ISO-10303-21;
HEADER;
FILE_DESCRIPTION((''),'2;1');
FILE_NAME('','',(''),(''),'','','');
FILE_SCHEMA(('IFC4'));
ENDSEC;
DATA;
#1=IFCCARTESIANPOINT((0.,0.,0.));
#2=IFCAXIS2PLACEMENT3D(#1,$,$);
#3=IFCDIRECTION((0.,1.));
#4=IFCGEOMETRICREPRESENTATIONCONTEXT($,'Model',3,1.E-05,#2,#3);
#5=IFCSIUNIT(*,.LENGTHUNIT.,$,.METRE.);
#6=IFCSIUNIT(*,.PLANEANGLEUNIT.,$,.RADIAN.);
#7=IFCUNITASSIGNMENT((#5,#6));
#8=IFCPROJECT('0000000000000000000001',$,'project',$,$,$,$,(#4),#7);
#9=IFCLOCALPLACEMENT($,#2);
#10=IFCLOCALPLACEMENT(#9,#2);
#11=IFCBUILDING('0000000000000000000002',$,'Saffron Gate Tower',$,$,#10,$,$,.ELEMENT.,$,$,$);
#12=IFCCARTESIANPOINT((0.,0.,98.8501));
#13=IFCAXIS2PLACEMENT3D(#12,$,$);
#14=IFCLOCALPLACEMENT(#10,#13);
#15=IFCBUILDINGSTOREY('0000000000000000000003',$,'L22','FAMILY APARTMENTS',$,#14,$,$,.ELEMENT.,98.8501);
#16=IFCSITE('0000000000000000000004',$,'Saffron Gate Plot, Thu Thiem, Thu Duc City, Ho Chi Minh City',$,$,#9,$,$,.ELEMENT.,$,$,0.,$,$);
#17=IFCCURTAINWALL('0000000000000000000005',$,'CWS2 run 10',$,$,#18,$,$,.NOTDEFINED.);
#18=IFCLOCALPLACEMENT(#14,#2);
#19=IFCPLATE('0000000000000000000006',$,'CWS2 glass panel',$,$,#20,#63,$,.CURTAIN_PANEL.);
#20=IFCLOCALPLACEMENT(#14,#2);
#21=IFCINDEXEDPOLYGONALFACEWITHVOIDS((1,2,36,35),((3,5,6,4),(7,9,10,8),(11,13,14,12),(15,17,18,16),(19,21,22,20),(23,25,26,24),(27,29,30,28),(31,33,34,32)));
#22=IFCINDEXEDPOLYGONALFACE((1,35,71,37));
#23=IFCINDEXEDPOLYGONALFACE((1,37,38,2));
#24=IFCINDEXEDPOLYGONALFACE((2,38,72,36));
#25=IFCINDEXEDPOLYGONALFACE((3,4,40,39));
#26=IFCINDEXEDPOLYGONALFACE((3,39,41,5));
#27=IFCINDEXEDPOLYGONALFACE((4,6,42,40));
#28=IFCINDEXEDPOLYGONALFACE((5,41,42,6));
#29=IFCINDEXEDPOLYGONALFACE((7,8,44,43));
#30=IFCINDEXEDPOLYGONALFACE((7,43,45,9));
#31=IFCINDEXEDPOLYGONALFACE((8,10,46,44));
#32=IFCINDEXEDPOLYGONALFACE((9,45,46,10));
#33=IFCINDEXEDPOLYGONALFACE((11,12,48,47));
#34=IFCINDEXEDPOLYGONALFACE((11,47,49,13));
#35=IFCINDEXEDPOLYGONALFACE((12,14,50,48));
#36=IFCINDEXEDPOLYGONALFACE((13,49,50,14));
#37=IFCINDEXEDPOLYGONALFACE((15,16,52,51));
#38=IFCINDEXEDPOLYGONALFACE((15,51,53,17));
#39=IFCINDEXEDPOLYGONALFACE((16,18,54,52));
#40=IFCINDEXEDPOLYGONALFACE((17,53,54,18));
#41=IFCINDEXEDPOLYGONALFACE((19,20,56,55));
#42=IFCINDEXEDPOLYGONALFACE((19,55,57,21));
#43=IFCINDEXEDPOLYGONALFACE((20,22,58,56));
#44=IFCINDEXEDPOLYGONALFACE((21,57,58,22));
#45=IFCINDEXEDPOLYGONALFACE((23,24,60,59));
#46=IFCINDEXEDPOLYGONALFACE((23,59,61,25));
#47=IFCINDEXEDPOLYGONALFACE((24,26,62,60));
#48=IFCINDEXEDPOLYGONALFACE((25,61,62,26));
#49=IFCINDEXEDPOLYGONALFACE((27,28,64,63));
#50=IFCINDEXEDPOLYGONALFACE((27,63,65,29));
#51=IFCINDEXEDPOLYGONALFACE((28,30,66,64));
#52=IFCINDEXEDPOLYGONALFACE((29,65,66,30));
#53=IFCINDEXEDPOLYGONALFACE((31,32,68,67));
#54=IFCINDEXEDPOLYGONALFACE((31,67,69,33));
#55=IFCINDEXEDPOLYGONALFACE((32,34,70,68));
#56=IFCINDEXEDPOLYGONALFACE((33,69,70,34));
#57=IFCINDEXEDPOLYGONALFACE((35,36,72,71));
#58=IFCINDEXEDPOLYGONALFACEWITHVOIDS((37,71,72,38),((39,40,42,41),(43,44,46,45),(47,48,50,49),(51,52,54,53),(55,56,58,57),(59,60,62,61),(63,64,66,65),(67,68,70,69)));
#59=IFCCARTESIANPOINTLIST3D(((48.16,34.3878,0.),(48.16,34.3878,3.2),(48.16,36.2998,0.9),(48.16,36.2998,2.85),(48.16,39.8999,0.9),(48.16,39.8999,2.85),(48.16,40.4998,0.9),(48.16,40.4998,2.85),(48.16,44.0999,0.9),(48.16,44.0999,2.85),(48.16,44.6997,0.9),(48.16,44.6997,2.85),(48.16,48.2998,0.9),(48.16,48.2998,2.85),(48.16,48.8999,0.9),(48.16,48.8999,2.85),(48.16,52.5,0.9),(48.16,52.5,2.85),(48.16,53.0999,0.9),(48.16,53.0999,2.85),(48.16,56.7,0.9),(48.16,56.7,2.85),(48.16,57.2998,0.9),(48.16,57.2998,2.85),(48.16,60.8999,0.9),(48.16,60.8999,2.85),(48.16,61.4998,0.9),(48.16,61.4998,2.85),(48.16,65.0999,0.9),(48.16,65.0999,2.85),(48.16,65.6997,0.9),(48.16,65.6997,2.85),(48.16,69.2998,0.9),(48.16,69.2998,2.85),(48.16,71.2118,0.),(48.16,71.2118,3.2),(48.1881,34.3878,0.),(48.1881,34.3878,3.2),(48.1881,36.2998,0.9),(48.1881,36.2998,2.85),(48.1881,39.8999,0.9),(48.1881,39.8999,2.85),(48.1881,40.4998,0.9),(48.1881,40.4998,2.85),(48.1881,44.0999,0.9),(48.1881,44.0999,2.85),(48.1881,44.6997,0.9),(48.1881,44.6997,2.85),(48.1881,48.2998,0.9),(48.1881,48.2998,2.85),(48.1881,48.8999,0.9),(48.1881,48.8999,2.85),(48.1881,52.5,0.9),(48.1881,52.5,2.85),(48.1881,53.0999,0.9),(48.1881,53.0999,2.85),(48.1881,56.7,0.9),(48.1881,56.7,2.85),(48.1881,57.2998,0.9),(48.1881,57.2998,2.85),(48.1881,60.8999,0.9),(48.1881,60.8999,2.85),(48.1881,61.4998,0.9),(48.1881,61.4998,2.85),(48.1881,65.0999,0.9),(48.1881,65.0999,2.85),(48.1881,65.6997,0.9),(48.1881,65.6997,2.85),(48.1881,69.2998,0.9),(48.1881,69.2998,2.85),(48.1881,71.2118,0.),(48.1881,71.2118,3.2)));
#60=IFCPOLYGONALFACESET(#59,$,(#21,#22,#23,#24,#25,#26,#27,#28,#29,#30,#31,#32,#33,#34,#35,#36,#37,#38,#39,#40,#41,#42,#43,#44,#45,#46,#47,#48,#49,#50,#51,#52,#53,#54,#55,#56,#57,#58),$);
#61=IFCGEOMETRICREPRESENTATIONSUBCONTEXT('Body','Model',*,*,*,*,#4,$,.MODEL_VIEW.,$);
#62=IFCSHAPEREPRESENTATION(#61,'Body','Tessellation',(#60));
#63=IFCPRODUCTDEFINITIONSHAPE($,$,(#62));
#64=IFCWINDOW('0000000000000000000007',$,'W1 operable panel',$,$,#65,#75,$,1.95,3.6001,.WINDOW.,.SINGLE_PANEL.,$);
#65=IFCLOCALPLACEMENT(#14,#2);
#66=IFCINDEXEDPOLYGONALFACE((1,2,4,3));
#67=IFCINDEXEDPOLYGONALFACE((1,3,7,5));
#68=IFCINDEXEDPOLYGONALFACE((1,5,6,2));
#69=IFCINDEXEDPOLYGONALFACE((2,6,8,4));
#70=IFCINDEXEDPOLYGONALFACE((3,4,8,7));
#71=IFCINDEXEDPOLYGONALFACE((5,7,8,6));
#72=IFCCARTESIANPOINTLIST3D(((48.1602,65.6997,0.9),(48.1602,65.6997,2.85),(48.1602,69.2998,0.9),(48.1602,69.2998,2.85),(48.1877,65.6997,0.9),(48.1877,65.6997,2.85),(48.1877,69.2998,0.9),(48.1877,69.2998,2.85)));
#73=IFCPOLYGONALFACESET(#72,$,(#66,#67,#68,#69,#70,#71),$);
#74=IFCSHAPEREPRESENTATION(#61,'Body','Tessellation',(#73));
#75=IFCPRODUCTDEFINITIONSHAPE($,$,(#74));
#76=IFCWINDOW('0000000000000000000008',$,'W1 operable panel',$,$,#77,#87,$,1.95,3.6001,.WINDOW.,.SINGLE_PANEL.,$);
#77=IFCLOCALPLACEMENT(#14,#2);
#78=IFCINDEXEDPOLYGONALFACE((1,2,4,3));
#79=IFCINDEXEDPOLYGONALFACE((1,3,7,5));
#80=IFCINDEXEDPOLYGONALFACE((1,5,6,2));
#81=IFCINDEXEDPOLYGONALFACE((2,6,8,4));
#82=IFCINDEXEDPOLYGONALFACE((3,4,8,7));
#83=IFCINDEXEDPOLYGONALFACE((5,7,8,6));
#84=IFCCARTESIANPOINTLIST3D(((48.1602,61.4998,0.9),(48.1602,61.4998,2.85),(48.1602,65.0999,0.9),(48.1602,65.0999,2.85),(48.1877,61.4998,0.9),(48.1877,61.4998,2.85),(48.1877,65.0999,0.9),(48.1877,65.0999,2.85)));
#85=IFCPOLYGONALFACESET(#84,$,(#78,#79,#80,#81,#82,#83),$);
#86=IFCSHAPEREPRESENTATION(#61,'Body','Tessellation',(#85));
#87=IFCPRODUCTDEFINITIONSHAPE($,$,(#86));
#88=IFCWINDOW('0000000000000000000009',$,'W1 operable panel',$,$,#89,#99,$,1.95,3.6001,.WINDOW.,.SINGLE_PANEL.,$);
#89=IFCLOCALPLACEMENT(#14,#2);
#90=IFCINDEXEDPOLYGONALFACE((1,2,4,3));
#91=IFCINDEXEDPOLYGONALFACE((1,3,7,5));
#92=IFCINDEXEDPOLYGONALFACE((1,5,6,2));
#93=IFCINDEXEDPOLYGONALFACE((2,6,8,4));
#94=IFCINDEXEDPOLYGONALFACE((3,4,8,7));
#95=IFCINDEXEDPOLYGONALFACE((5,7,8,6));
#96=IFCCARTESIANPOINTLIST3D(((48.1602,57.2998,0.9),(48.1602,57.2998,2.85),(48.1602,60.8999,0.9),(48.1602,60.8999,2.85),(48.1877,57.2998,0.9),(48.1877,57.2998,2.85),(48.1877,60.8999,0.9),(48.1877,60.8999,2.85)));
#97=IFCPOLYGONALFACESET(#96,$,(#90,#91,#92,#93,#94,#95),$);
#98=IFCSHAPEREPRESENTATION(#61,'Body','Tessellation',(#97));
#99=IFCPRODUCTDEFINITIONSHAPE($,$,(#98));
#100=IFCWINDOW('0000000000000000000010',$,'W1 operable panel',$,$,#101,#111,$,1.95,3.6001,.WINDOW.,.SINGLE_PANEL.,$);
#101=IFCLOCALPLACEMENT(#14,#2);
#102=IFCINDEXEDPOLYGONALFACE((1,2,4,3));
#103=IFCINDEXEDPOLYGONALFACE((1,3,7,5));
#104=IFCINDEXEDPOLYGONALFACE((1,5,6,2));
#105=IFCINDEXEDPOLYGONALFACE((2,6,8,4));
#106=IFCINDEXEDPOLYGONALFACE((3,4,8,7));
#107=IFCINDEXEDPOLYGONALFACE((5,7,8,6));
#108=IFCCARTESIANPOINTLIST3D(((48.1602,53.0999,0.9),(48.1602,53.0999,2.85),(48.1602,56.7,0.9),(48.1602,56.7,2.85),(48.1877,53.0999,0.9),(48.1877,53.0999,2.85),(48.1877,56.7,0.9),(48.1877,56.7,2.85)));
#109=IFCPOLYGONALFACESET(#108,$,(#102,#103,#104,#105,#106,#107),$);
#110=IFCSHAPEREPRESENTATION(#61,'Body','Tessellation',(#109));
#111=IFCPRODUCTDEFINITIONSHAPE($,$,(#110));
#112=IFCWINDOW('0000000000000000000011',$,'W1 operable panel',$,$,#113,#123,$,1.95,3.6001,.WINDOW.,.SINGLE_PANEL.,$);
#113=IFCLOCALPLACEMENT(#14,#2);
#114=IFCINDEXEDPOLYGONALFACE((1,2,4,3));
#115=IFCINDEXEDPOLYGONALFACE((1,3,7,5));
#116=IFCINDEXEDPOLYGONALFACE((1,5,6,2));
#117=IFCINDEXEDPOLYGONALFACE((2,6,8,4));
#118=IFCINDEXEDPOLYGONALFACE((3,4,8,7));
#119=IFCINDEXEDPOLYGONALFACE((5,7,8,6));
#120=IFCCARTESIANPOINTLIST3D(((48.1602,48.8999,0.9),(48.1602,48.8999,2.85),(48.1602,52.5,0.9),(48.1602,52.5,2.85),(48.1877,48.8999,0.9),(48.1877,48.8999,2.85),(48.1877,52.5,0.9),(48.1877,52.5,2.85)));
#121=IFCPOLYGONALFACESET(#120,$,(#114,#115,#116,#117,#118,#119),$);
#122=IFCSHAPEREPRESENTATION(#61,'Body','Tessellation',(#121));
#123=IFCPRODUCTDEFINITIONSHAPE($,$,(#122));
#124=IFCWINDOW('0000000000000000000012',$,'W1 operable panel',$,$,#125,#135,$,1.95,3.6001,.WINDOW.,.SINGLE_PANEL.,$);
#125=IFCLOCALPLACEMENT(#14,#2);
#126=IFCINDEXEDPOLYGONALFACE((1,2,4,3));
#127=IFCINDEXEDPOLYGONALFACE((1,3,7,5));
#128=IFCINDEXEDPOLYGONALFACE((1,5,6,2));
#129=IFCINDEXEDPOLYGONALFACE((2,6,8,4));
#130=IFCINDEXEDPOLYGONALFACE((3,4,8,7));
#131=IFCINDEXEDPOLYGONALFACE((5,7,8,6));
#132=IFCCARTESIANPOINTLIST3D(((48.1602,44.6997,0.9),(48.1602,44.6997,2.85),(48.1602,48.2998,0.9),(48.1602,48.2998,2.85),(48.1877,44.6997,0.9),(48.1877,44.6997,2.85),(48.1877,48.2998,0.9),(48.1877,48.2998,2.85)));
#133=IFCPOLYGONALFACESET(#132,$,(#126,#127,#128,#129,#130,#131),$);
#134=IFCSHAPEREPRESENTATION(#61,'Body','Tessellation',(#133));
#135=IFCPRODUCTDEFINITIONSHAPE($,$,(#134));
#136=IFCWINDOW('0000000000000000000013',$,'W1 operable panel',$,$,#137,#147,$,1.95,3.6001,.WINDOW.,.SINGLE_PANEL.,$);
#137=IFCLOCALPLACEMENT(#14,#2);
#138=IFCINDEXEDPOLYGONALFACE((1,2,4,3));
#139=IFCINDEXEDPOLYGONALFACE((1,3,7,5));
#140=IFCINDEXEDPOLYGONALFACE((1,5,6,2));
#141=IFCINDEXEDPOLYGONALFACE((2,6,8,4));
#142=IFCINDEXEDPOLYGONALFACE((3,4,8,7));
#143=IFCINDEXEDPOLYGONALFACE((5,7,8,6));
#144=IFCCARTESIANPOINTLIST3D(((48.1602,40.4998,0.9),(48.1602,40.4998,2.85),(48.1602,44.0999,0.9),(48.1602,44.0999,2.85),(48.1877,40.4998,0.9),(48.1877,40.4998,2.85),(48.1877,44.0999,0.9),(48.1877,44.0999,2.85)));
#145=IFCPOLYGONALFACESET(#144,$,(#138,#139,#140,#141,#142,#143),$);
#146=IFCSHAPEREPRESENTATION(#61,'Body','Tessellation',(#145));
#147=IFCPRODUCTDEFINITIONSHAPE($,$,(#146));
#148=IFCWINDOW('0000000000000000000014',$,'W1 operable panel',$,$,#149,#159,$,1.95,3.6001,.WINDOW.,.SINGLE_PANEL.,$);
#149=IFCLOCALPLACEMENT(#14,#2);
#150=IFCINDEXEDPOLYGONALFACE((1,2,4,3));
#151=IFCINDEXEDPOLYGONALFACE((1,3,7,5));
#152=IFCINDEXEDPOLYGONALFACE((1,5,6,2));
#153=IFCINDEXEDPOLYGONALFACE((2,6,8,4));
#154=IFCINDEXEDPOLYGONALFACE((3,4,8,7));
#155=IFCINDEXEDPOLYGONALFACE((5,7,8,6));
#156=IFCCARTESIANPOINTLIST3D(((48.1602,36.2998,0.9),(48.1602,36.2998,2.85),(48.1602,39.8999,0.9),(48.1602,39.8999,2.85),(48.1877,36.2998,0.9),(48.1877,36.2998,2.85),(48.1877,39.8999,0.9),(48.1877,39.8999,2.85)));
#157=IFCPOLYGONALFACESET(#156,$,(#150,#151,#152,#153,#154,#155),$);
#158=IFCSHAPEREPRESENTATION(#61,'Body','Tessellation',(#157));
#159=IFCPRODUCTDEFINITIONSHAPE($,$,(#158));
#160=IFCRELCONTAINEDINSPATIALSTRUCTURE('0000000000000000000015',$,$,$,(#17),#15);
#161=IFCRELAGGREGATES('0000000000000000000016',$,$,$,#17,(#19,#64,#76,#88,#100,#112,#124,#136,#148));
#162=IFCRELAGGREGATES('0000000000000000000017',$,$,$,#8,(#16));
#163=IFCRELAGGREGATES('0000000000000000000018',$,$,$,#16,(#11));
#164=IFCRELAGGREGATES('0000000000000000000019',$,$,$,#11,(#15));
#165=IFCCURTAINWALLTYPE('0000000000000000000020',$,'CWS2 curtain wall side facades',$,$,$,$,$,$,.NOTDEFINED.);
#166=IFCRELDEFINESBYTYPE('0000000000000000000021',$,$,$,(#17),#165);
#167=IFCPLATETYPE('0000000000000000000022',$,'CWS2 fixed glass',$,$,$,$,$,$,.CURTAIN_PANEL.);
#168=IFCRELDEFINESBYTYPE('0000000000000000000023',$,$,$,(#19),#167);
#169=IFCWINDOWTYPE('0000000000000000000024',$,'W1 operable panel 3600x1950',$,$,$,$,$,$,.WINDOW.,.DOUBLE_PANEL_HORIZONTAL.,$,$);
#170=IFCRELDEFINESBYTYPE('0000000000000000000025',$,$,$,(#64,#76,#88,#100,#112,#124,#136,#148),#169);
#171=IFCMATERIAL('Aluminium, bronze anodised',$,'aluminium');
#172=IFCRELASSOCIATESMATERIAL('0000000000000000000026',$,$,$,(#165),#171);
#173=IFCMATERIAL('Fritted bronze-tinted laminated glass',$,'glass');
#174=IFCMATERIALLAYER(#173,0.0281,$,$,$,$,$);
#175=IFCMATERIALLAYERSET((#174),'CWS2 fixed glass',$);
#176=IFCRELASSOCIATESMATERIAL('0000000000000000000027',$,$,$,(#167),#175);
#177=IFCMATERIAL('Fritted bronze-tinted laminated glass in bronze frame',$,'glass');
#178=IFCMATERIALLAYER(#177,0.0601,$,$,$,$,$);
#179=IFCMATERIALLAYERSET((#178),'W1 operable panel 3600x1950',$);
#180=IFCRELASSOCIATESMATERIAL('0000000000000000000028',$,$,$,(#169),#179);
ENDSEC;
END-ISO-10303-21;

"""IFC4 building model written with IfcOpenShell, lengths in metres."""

from ifc_helpers import new_model, si_unit, direction, frame, frame_2d, origin, place, context, subcontext, project, spatial, rectangle, extrude, material, layer, layer_set, type_object, element, fill, aggregate, save


model = new_model("IFC4")

# Units and contexts
model_context = context("Model", 3, precision=1e-05, world=origin(), true_north=direction((0.0, 1.0)))
body_context = subcontext(model_context, "Body", "Model", "MODEL_VIEW")
ifc_project = project(units=[si_unit("LENGTHUNIT", "METRE"), si_unit("PLANEANGLEUNIT", "RADIAN")], contexts=[model_context])

# Site, building, storey
site_placement = place(None, origin())
site = spatial("IfcSite", under=ifc_project, at=site_placement, Name="Saffron Gate Plot, Thu Thiem, Thu Duc City, Ho Chi Minh City", CompositionType="ELEMENT", RefElevation=0.0)
building_placement = place(site_placement, origin())
building = spatial("IfcBuilding", under=site, at=building_placement, Name="Saffron Gate Tower", CompositionType="ELEMENT")
storey_placement = place(building_placement, frame((0.0, 0.0, 98.8501)))
storey = spatial("IfcBuildingStorey", under=building, at=storey_placement, Name="L22", Description="FAMILY APARTMENTS", CompositionType="ELEMENT", Elevation=98.8501)

# Curtain wall
ifc_material_1 = material(Name="Aluminium, bronze anodised", Category="aluminium")
curtain_wall_type_1 = type_object("IfcCurtainWallType", Name="CWS2 curtain wall side facades", PredefinedType="NOTDEFINED", material=ifc_material_1)
curtain_wall_1_placement = place(storey_placement, origin())
curtain_wall_1 = element("IfcCurtainWall", 1, at=curtain_wall_1_placement, inside=storey, type_object=curtain_wall_type_1, Name="CWS2 run 10", PredefinedType="NOTDEFINED")

# Plate, openings, windows
ifc_material_2 = material(Name="Fritted bronze-tinted laminated glass", Category="glass")
ifc_layer_1 = layer(ifc_material_2, 0.0281)
ifc_layer_set_1 = layer_set([ifc_layer_1], Name="CWS2 fixed glass")
plate_type_1 = type_object("IfcPlateType", Name="CWS2 fixed glass", PredefinedType="CURTAIN_PANEL", material=ifc_layer_set_1)
plate_1_placement = place(storey_placement, frame((48.1741, 71.2119, 0.0), z_axis=(0.0, 0.0, 1.0), x_axis=(0.0, -1.0, 0.0)))
plate_1 = element("IfcPlate", 2, at=plate_1_placement, type_object=plate_type_1, Name="CWS2 glass panel", PredefinedType="CURTAIN_PANEL", context=body_context, shape_type="SweptSolid", body=[
    extrude(rectangle(XDim=36.824, YDim=0.0281, at=frame_2d((18.4121, 0.0))), origin(), (0.0, 0.0, 1.0), 3.2),
])
opening_1_placement = place(plate_1_placement, frame((1.9121, 0.0, 0.8999)))
opening_1 = element("IfcOpeningElement", 3, at=opening_1_placement, cuts=plate_1, PredefinedType="OPENING", context=body_context, shape_type="SweptSolid", body=[
    extrude(rectangle(XDim=3.6001, YDim=1.95, at=frame_2d((1.8, 0.9751))), frame((0.0, 0.0239, 0.0), z_axis=(0.0, -1.0, 0.0), x_axis=(1.0, 0.0, 0.0)), (0.0, 0.0, 1.0), 0.0481),
])
opening_2_placement = place(plate_1_placement, frame((6.1121, 0.0, 0.8999)))
opening_2 = element("IfcOpeningElement", 4, at=opening_2_placement, cuts=plate_1, PredefinedType="OPENING", context=body_context, shape_type="SweptSolid", body=[
    extrude(rectangle(XDim=3.6001, YDim=1.95, at=frame_2d((1.8, 0.9751))), frame((0.0, 0.0239, 0.0), z_axis=(0.0, -1.0, 0.0), x_axis=(1.0, 0.0, 0.0)), (0.0, 0.0, 1.0), 0.0481),
])
opening_3_placement = place(plate_1_placement, frame((10.312, 0.0, 0.8999)))
opening_3 = element("IfcOpeningElement", 5, at=opening_3_placement, cuts=plate_1, PredefinedType="OPENING", context=body_context, shape_type="SweptSolid", body=[
    extrude(rectangle(XDim=3.6001, YDim=1.95, at=frame_2d((1.8, 0.9751))), frame((0.0, 0.0239, 0.0), z_axis=(0.0, -1.0, 0.0), x_axis=(1.0, 0.0, 0.0)), (0.0, 0.0, 1.0), 0.0481),
])
opening_4_placement = place(plate_1_placement, frame((14.512, 0.0, 0.8999)))
opening_4 = element("IfcOpeningElement", 6, at=opening_4_placement, cuts=plate_1, PredefinedType="OPENING", context=body_context, shape_type="SweptSolid", body=[
    extrude(rectangle(XDim=3.6001, YDim=1.95, at=frame_2d((1.8, 0.9751))), frame((0.0, 0.0239, 0.0), z_axis=(0.0, -1.0, 0.0), x_axis=(1.0, 0.0, 0.0)), (0.0, 0.0, 1.0), 0.0481),
])
opening_5_placement = place(plate_1_placement, frame((18.7119, 0.0, 0.8999)))
opening_5 = element("IfcOpeningElement", 7, at=opening_5_placement, cuts=plate_1, PredefinedType="OPENING", context=body_context, shape_type="SweptSolid", body=[
    extrude(rectangle(XDim=3.6001, YDim=1.95, at=frame_2d((1.8, 0.9751))), frame((0.0, 0.0239, 0.0), z_axis=(0.0, -1.0, 0.0), x_axis=(1.0, 0.0, 0.0)), (0.0, 0.0, 1.0), 0.0481),
])
opening_6_placement = place(plate_1_placement, frame((22.9121, 0.0, 0.8999)))
opening_6 = element("IfcOpeningElement", 8, at=opening_6_placement, cuts=plate_1, PredefinedType="OPENING", context=body_context, shape_type="SweptSolid", body=[
    extrude(rectangle(XDim=3.6001, YDim=1.95, at=frame_2d((1.8, 0.9751))), frame((0.0, 0.0239, 0.0), z_axis=(0.0, -1.0, 0.0), x_axis=(1.0, 0.0, 0.0)), (0.0, 0.0, 1.0), 0.0481),
])
opening_7_placement = place(plate_1_placement, frame((27.1121, 0.0, 0.8999)))
opening_7 = element("IfcOpeningElement", 9, at=opening_7_placement, cuts=plate_1, PredefinedType="OPENING", context=body_context, shape_type="SweptSolid", body=[
    extrude(rectangle(XDim=3.6001, YDim=1.95, at=frame_2d((1.8, 0.9751))), frame((0.0, 0.0239, 0.0), z_axis=(0.0, -1.0, 0.0), x_axis=(1.0, 0.0, 0.0)), (0.0, 0.0, 1.0), 0.0481),
])
opening_8_placement = place(plate_1_placement, frame((31.312, 0.0, 0.8999)))
opening_8 = element("IfcOpeningElement", 10, at=opening_8_placement, cuts=plate_1, PredefinedType="OPENING", context=body_context, shape_type="SweptSolid", body=[
    extrude(rectangle(XDim=3.6001, YDim=1.95, at=frame_2d((1.8, 0.9751))), frame((0.0, 0.0239, 0.0), z_axis=(0.0, -1.0, 0.0), x_axis=(1.0, 0.0, 0.0)), (0.0, 0.0, 1.0), 0.0481),
])
ifc_material_3 = material(Name="Fritted bronze-tinted laminated glass in bronze frame", Category="glass")
ifc_layer_2 = layer(ifc_material_3, 0.0601)
ifc_layer_set_2 = layer_set([ifc_layer_2], Name="W1 operable panel 3600x1950")
window_type = type_object("IfcWindowType", Name="W1 operable panel 3600x1950", PartitioningType="DOUBLE_PANEL_HORIZONTAL", PredefinedType="WINDOW", material=ifc_layer_set_2)
window_1_placement = place(opening_1_placement, origin())
window_1 = element("IfcWindow", 11, at=window_1_placement, type_object=window_type, Name="W1 operable panel", OverallHeight=1.95, OverallWidth=3.6001, PartitioningType="SINGLE_PANEL", PredefinedType="WINDOW", context=body_context, shape_type="SweptSolid", body=[
    extrude(rectangle(XDim=3.6001, YDim=1.95, at=frame_2d((1.8, 0.9751))), frame((0.0, 0.0137, 0.0), z_axis=(0.0, -1.0, 0.0), x_axis=(1.0, 0.0, 0.0)), (0.0, 0.0, 1.0), 0.0276),
])
fill(opening_1, window_1)
window_2_placement = place(opening_2_placement, origin())
window_2 = element("IfcWindow", 12, at=window_2_placement, type_object=window_type, Name="W1 operable panel", OverallHeight=1.95, OverallWidth=3.6001, PartitioningType="SINGLE_PANEL", PredefinedType="WINDOW", context=body_context, shape_type="SweptSolid", body=[
    extrude(rectangle(XDim=3.6001, YDim=1.95, at=frame_2d((1.8, 0.9751))), frame((0.0, 0.0137, 0.0), z_axis=(0.0, -1.0, 0.0), x_axis=(1.0, 0.0, 0.0)), (0.0, 0.0, 1.0), 0.0276),
])
fill(opening_2, window_2)
window_3_placement = place(opening_3_placement, origin())
window_3 = element("IfcWindow", 13, at=window_3_placement, type_object=window_type, Name="W1 operable panel", OverallHeight=1.95, OverallWidth=3.6001, PartitioningType="SINGLE_PANEL", PredefinedType="WINDOW", context=body_context, shape_type="SweptSolid", body=[
    extrude(rectangle(XDim=3.6001, YDim=1.95, at=frame_2d((1.8, 0.9751))), frame((0.0, 0.0137, 0.0), z_axis=(0.0, -1.0, 0.0), x_axis=(1.0, 0.0, 0.0)), (0.0, 0.0, 1.0), 0.0276),
])
fill(opening_3, window_3)
window_4_placement = place(opening_4_placement, origin())
window_4 = element("IfcWindow", 14, at=window_4_placement, type_object=window_type, Name="W1 operable panel", OverallHeight=1.95, OverallWidth=3.6001, PartitioningType="SINGLE_PANEL", PredefinedType="WINDOW", context=body_context, shape_type="SweptSolid", body=[
    extrude(rectangle(XDim=3.6001, YDim=1.95, at=frame_2d((1.8, 0.9751))), frame((0.0, 0.0137, 0.0), z_axis=(0.0, -1.0, 0.0), x_axis=(1.0, 0.0, 0.0)), (0.0, 0.0, 1.0), 0.0276),
])
fill(opening_4, window_4)
window_5_placement = place(opening_5_placement, origin())
window_5 = element("IfcWindow", 15, at=window_5_placement, type_object=window_type, Name="W1 operable panel", OverallHeight=1.95, OverallWidth=3.6001, PartitioningType="SINGLE_PANEL", PredefinedType="WINDOW", context=body_context, shape_type="SweptSolid", body=[
    extrude(rectangle(XDim=3.6001, YDim=1.95, at=frame_2d((1.8, 0.9751))), frame((0.0, 0.0137, 0.0), z_axis=(0.0, -1.0, 0.0), x_axis=(1.0, 0.0, 0.0)), (0.0, 0.0, 1.0), 0.0276),
])
fill(opening_5, window_5)
window_6_placement = place(opening_6_placement, origin())
window_6 = element("IfcWindow", 16, at=window_6_placement, type_object=window_type, Name="W1 operable panel", OverallHeight=1.95, OverallWidth=3.6001, PartitioningType="SINGLE_PANEL", PredefinedType="WINDOW", context=body_context, shape_type="SweptSolid", body=[
    extrude(rectangle(XDim=3.6001, YDim=1.95, at=frame_2d((1.8, 0.9751))), frame((0.0, 0.0137, 0.0), z_axis=(0.0, -1.0, 0.0), x_axis=(1.0, 0.0, 0.0)), (0.0, 0.0, 1.0), 0.0276),
])
fill(opening_6, window_6)
window_7_placement = place(opening_7_placement, origin())
window_7 = element("IfcWindow", 17, at=window_7_placement, type_object=window_type, Name="W1 operable panel", OverallHeight=1.95, OverallWidth=3.6001, PartitioningType="SINGLE_PANEL", PredefinedType="WINDOW", context=body_context, shape_type="SweptSolid", body=[
    extrude(rectangle(XDim=3.6001, YDim=1.95, at=frame_2d((1.8, 0.9751))), frame((0.0, 0.0137, 0.0), z_axis=(0.0, -1.0, 0.0), x_axis=(1.0, 0.0, 0.0)), (0.0, 0.0, 1.0), 0.0276),
])
fill(opening_7, window_7)
window_8_placement = place(opening_8_placement, origin())
window_8 = element("IfcWindow", 18, at=window_8_placement, type_object=window_type, Name="W1 operable panel", OverallHeight=1.95, OverallWidth=3.6001, PartitioningType="SINGLE_PANEL", PredefinedType="WINDOW", context=body_context, shape_type="SweptSolid", body=[
    extrude(rectangle(XDim=3.6001, YDim=1.95, at=frame_2d((1.8, 0.9751))), frame((0.0, 0.0137, 0.0), z_axis=(0.0, -1.0, 0.0), x_axis=(1.0, 0.0, 0.0)), (0.0, 0.0, 1.0), 0.0276),
])
fill(opening_8, window_8)
aggregate(curtain_wall_1, [plate_1, window_1, window_2, window_3, window_4, window_5, window_6, window_7, window_8])

save(model, "model.ifc")
